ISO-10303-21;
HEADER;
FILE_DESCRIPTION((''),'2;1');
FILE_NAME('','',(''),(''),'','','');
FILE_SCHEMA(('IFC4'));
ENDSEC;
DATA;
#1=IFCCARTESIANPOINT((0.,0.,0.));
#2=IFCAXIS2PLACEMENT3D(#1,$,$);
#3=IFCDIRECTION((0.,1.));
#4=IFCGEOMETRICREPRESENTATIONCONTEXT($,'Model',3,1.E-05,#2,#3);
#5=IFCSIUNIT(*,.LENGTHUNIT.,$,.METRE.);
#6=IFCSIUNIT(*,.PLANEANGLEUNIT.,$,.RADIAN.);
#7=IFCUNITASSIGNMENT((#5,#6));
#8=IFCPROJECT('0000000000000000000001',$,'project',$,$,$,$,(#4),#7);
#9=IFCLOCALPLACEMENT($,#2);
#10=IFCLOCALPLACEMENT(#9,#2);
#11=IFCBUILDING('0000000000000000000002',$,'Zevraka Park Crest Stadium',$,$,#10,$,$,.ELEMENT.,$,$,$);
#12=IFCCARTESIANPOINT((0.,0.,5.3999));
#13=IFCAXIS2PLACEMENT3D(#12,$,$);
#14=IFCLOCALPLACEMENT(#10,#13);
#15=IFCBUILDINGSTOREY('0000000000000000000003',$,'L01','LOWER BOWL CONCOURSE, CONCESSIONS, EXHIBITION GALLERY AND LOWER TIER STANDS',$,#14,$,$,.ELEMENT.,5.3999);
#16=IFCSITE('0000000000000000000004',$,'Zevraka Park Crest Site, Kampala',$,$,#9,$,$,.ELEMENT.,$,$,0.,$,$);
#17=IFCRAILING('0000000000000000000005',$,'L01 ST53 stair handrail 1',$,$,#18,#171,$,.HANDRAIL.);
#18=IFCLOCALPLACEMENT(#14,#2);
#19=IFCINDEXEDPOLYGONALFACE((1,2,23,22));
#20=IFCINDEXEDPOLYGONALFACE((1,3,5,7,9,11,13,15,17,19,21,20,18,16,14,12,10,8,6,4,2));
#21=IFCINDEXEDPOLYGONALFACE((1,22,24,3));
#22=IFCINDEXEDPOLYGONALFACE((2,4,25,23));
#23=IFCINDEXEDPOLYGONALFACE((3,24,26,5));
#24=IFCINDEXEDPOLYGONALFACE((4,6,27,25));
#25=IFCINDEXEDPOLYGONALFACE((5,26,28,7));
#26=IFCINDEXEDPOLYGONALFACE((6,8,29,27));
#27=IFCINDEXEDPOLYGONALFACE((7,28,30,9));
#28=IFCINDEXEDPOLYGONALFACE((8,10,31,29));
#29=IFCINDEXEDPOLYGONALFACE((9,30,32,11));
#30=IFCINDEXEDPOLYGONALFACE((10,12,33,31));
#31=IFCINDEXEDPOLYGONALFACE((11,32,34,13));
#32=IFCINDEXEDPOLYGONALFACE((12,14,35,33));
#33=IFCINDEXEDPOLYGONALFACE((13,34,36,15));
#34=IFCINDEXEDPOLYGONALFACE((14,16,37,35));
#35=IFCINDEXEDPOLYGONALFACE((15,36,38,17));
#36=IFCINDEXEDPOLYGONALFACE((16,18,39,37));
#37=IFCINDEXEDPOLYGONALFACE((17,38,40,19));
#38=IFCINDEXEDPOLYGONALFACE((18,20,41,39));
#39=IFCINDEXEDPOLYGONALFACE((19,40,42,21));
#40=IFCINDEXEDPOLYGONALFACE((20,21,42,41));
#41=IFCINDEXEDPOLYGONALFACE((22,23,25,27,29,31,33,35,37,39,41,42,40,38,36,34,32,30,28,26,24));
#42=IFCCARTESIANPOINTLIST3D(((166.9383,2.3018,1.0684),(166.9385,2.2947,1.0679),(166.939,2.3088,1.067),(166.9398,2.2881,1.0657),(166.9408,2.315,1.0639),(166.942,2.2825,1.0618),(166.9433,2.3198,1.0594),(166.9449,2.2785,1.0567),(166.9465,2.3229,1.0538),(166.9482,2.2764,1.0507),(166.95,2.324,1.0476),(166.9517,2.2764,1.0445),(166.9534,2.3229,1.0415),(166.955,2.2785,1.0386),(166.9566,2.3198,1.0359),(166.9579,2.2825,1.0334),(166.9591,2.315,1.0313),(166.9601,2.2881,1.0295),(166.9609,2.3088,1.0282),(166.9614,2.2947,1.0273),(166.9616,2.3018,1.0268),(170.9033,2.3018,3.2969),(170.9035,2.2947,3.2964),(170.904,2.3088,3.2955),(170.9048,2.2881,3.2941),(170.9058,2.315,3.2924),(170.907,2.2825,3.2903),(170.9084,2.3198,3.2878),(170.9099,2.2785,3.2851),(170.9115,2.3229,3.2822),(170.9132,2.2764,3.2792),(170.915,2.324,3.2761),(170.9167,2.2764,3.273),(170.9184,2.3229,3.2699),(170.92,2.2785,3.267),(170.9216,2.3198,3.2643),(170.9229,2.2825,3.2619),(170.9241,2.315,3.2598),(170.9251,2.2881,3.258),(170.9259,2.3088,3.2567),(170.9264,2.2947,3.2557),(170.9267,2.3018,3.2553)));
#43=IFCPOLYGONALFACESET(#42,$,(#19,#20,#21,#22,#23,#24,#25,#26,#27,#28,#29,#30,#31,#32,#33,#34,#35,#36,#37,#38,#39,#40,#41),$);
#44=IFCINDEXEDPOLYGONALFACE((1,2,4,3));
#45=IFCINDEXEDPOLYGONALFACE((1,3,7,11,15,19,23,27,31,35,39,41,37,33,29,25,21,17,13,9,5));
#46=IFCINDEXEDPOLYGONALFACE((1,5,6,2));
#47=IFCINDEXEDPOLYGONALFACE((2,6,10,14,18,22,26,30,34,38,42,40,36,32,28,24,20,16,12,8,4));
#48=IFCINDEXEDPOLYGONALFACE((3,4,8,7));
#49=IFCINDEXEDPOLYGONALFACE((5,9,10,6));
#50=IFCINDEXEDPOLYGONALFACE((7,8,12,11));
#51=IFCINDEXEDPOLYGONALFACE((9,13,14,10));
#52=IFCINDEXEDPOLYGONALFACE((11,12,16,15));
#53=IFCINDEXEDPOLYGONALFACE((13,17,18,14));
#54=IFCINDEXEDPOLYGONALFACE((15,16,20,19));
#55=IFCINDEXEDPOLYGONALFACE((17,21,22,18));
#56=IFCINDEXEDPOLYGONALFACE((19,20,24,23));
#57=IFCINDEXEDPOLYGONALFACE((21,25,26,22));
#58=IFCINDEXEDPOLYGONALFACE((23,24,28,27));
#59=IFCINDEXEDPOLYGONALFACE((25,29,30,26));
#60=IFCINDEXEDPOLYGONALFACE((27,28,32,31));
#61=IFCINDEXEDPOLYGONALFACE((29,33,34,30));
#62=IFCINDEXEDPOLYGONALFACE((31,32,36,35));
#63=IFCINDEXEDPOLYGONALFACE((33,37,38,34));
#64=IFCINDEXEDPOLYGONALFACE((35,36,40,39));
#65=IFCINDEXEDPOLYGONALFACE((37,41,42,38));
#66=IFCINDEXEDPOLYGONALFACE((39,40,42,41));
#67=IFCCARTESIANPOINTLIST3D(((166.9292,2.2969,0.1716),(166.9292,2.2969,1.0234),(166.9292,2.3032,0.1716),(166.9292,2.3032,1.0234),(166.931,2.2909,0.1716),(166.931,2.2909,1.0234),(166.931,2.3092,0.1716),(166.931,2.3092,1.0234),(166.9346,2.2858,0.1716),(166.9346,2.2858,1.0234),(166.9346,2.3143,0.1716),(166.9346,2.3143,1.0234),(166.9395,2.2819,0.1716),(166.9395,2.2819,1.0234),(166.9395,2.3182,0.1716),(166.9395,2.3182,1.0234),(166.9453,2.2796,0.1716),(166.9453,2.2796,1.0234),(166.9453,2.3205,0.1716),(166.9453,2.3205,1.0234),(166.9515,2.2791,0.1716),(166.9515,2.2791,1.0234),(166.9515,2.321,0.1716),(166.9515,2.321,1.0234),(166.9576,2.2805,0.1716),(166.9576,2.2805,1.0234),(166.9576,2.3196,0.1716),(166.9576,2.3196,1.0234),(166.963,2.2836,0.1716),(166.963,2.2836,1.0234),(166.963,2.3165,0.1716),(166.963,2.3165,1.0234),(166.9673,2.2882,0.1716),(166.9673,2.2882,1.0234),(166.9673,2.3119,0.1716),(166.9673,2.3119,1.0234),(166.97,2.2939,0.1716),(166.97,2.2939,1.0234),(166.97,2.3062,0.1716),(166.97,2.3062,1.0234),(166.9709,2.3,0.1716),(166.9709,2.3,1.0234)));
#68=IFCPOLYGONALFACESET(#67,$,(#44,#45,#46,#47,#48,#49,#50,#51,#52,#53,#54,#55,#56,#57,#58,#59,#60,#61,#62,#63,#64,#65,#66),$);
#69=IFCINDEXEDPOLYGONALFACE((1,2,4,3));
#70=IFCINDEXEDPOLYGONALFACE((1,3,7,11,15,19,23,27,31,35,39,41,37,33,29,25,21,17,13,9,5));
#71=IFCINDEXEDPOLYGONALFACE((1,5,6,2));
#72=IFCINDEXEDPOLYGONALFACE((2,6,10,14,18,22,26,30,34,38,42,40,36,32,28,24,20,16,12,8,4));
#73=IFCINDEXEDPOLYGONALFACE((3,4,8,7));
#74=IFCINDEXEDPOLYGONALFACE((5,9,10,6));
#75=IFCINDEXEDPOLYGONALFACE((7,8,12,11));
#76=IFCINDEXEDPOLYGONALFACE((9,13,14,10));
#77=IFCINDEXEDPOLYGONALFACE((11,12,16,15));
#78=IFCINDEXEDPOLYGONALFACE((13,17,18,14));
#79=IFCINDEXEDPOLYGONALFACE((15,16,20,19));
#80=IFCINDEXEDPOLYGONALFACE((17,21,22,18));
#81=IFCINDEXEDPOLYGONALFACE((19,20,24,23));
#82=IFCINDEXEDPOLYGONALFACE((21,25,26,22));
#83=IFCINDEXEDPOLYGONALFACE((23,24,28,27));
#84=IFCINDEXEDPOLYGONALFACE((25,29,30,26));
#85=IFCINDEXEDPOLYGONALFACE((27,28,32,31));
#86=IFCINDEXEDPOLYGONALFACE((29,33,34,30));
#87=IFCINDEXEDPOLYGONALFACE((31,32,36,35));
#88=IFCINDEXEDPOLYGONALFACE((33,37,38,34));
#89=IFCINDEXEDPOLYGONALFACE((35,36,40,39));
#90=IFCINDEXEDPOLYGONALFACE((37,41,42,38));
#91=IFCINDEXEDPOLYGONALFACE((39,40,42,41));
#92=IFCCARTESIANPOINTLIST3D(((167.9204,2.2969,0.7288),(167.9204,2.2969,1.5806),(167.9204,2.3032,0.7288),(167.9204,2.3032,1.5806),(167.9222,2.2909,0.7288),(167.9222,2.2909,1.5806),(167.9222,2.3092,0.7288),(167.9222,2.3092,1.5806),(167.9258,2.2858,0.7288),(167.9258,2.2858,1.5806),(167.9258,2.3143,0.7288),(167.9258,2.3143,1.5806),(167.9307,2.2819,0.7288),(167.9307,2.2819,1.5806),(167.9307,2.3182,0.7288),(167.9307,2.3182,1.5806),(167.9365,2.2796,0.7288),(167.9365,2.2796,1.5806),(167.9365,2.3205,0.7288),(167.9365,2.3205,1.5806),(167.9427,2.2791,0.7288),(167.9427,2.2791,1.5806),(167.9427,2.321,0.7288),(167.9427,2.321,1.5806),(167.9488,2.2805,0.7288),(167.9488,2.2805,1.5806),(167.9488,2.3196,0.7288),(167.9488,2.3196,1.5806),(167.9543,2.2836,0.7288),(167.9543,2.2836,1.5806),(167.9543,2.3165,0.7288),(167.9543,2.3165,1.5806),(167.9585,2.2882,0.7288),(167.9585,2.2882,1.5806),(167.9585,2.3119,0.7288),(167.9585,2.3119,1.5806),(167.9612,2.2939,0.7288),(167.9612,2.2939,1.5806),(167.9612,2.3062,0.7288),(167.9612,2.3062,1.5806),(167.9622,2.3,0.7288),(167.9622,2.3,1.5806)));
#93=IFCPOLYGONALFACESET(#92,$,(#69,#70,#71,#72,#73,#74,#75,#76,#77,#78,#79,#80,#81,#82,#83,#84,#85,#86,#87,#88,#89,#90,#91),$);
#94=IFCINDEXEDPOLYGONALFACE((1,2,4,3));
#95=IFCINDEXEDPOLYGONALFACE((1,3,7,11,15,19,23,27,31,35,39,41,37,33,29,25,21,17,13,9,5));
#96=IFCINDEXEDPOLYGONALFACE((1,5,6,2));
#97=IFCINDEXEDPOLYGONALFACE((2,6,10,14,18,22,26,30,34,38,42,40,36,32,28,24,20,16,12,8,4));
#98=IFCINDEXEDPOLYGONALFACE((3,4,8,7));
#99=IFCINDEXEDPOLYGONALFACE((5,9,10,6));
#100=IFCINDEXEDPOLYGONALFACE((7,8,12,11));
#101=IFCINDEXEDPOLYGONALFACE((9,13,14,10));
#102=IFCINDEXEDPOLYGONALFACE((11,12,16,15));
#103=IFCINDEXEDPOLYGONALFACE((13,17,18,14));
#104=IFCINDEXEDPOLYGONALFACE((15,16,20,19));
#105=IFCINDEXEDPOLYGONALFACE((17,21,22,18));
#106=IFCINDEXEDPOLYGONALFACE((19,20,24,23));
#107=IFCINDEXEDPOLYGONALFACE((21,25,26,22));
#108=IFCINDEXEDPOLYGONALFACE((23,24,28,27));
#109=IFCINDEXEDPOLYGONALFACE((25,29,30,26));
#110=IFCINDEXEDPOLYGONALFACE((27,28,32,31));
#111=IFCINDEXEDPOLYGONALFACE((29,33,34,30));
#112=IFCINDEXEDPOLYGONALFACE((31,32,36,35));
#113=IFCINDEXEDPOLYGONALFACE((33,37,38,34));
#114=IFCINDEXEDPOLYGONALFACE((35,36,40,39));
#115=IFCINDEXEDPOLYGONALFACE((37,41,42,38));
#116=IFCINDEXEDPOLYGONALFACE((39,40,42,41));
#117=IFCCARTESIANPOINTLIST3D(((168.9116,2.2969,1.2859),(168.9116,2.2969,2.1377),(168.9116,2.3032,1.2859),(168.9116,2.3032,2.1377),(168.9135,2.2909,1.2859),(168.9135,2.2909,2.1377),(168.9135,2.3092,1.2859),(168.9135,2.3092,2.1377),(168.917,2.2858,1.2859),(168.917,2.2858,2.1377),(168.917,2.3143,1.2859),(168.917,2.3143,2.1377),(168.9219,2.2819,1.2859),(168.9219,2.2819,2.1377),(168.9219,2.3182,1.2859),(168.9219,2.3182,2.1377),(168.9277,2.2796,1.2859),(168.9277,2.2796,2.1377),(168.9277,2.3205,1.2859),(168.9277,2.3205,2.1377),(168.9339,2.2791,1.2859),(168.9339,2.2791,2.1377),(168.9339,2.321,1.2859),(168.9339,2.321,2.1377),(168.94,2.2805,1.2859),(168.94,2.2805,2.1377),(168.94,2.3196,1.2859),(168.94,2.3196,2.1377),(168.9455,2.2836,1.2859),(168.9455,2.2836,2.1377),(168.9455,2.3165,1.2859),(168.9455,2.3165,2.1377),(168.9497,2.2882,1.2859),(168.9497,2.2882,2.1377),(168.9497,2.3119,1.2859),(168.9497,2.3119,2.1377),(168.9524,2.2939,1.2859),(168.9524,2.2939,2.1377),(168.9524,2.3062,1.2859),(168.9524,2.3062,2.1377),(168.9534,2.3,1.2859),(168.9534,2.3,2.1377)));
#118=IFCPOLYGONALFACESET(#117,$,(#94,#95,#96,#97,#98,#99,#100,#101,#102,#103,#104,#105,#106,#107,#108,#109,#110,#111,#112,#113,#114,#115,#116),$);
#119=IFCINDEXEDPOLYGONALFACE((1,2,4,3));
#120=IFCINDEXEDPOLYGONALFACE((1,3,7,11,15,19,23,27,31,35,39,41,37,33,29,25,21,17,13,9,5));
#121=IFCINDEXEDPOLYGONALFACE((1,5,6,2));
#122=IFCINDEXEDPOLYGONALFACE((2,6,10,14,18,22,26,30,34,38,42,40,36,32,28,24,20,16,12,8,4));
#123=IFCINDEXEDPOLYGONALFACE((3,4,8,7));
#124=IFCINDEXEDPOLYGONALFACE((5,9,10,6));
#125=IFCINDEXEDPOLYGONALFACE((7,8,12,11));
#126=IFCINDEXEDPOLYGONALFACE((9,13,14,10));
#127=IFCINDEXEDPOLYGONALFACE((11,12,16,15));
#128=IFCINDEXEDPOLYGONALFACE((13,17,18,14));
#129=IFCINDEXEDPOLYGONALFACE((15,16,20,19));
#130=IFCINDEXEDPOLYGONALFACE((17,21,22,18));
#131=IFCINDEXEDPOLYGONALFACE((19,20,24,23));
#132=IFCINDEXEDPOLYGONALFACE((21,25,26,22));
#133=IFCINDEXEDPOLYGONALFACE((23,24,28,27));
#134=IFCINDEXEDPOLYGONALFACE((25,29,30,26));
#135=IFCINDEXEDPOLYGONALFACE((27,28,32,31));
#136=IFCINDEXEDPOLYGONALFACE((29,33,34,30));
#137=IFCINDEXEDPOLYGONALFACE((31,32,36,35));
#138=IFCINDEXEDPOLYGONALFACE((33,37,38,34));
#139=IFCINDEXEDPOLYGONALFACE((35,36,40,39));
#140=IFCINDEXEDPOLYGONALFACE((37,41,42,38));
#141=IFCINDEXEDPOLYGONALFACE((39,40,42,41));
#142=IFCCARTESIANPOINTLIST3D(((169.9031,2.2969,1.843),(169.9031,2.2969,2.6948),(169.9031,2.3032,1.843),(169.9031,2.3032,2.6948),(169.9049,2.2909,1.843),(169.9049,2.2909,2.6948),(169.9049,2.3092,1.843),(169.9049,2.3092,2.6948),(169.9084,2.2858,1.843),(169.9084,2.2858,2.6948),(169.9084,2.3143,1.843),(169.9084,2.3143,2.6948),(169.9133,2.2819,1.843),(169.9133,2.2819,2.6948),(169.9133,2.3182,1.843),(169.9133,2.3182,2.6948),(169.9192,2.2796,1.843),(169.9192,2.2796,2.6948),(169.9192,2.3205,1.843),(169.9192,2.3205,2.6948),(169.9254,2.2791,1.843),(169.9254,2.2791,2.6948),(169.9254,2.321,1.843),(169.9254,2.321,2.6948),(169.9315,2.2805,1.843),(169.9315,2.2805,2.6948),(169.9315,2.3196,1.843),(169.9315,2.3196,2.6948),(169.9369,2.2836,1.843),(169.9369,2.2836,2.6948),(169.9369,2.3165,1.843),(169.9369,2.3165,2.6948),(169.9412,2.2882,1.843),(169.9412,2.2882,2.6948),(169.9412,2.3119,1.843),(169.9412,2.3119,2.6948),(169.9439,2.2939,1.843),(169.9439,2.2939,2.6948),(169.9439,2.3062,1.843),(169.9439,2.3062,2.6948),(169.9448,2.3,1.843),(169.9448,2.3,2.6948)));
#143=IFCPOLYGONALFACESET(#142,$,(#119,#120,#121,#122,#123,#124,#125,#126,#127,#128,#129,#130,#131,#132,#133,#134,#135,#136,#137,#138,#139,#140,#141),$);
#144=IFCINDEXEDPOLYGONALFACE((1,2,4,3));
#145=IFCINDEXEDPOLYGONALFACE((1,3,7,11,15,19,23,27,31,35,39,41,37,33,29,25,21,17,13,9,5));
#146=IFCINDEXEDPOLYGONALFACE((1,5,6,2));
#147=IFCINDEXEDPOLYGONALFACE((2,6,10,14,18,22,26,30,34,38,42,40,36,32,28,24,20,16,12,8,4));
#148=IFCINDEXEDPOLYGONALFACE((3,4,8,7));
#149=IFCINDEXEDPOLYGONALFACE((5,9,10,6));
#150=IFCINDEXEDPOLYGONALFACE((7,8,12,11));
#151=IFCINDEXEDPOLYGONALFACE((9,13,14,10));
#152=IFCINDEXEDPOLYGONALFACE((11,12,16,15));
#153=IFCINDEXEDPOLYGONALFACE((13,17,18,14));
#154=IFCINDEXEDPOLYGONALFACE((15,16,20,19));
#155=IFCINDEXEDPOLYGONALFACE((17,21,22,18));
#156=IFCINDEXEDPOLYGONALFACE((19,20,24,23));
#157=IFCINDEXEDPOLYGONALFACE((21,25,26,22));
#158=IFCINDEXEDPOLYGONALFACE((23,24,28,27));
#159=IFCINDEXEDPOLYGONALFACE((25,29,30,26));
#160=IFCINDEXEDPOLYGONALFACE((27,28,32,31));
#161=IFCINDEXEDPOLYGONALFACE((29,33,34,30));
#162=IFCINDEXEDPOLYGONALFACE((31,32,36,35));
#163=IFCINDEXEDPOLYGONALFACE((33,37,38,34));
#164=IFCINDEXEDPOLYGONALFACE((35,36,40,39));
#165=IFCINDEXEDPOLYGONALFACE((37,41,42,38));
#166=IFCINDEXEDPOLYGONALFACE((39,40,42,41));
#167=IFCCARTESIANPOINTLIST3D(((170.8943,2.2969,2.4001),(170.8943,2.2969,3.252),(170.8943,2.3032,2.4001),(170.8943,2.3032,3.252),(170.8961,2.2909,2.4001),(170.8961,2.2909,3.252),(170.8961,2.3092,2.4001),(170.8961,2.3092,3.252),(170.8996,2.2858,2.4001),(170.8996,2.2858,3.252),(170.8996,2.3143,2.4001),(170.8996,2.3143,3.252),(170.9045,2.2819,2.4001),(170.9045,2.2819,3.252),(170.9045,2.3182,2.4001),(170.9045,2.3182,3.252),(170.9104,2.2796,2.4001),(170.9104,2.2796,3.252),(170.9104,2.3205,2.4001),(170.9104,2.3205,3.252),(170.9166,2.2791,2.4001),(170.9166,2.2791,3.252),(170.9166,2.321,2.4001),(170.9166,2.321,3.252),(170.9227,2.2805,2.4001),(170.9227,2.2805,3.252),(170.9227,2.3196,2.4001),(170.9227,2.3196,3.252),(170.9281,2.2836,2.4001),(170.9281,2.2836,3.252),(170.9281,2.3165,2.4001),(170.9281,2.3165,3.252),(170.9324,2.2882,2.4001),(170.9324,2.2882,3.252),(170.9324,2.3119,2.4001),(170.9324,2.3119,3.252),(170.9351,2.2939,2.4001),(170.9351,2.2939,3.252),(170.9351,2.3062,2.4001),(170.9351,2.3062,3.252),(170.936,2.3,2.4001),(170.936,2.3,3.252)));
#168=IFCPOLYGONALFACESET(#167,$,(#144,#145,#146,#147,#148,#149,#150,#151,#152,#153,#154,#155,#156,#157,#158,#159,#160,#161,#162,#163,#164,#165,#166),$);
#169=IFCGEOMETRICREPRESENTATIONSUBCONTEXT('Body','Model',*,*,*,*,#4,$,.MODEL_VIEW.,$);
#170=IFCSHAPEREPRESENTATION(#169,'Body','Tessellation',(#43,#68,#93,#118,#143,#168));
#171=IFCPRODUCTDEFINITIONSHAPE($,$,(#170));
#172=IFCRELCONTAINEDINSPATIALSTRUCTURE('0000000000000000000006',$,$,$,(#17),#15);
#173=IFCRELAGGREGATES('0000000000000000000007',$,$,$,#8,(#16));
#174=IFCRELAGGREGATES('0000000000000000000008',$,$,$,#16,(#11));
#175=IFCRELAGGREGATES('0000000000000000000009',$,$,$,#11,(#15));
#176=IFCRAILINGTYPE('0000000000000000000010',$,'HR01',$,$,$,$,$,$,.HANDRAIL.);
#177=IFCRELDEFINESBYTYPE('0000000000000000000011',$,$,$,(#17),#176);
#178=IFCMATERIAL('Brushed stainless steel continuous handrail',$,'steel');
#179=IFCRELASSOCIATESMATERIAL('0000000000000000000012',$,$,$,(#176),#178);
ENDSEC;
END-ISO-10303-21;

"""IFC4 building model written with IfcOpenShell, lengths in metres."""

from ifc_helpers import new_model, si_unit, direction, frame, origin, origin_2d, place, context, subcontext, project, spatial, circle, extrude, material, type_object, element, save


model = new_model("IFC4")

# Units and contexts
model_context = context("Model", 3, precision=1e-05, world=origin(), true_north=direction((0.0, 1.0)))
body_context = subcontext(model_context, "Body", "Model", "MODEL_VIEW")
ifc_project = project(units=[si_unit("LENGTHUNIT", "METRE"), si_unit("PLANEANGLEUNIT", "RADIAN")], contexts=[model_context])

# Site, building, storey
site_placement = place(None, origin())
site = spatial("IfcSite", under=ifc_project, at=site_placement, Name="Zevraka Park Crest Site, Kampala", CompositionType="ELEMENT", RefElevation=0.0)
building_placement = place(site_placement, origin())
building = spatial("IfcBuilding", under=site, at=building_placement, Name="Zevraka Park Crest Stadium", CompositionType="ELEMENT")
storey_placement = place(building_placement, frame((0.0, 0.0, 5.3999)))
storey = spatial("IfcBuildingStorey", under=building, at=storey_placement, Name="L01", Description="LOWER BOWL CONCOURSE, CONCESSIONS, EXHIBITION GALLERY AND LOWER TIER STANDS", CompositionType="ELEMENT", Elevation=5.3999)

# Railing
ifc_material_1 = material(Name="Brushed stainless steel continuous handrail", Category="steel")
railing_type_1 = type_object("IfcRailingType", Name="HR01", PredefinedType="HANDRAIL", material=ifc_material_1)
railing_1_placement = place(storey_placement, frame((166.95, 2.3, 0.1716)))
element("IfcRailing", 1, at=railing_1_placement, inside=storey, type_object=railing_type_1, Name="L01 ST53 stair handrail 1", PredefinedType="HANDRAIL", context=body_context, shape_type="SweptSolid", body=[
    extrude(circle(Radius=0.0239, at=origin_2d()), frame((0.0, 0.0, 0.876), z_axis=(0.871749, 0.0, 0.489953), x_axis=(0.0, 1.0, 0.0)), (0.0, 0.0, 1.0), 4.5483),
    extrude(circle(Radius=0.021, at=origin_2d()), origin(), (0.0, 0.0, 1.0), 0.8518),
    extrude(circle(Radius=0.021, at=origin_2d()), frame((0.9912, 0.0, 0.5571)), (0.0, 0.0, 1.0), 0.8518),
    extrude(circle(Radius=0.021, at=origin_2d()), frame((1.9824, 0.0, 1.1143)), (0.0, 0.0, 1.0), 0.8518),
    extrude(circle(Radius=0.021, at=origin_2d()), frame((2.9739, 0.0, 1.6714)), (0.0, 0.0, 1.0), 0.8518),
    extrude(circle(Radius=0.021, at=origin_2d()), frame((3.9651, 0.0, 2.2285)), (0.0, 0.0, 1.0), 0.8518),
])

save(model, "model.ifc")
